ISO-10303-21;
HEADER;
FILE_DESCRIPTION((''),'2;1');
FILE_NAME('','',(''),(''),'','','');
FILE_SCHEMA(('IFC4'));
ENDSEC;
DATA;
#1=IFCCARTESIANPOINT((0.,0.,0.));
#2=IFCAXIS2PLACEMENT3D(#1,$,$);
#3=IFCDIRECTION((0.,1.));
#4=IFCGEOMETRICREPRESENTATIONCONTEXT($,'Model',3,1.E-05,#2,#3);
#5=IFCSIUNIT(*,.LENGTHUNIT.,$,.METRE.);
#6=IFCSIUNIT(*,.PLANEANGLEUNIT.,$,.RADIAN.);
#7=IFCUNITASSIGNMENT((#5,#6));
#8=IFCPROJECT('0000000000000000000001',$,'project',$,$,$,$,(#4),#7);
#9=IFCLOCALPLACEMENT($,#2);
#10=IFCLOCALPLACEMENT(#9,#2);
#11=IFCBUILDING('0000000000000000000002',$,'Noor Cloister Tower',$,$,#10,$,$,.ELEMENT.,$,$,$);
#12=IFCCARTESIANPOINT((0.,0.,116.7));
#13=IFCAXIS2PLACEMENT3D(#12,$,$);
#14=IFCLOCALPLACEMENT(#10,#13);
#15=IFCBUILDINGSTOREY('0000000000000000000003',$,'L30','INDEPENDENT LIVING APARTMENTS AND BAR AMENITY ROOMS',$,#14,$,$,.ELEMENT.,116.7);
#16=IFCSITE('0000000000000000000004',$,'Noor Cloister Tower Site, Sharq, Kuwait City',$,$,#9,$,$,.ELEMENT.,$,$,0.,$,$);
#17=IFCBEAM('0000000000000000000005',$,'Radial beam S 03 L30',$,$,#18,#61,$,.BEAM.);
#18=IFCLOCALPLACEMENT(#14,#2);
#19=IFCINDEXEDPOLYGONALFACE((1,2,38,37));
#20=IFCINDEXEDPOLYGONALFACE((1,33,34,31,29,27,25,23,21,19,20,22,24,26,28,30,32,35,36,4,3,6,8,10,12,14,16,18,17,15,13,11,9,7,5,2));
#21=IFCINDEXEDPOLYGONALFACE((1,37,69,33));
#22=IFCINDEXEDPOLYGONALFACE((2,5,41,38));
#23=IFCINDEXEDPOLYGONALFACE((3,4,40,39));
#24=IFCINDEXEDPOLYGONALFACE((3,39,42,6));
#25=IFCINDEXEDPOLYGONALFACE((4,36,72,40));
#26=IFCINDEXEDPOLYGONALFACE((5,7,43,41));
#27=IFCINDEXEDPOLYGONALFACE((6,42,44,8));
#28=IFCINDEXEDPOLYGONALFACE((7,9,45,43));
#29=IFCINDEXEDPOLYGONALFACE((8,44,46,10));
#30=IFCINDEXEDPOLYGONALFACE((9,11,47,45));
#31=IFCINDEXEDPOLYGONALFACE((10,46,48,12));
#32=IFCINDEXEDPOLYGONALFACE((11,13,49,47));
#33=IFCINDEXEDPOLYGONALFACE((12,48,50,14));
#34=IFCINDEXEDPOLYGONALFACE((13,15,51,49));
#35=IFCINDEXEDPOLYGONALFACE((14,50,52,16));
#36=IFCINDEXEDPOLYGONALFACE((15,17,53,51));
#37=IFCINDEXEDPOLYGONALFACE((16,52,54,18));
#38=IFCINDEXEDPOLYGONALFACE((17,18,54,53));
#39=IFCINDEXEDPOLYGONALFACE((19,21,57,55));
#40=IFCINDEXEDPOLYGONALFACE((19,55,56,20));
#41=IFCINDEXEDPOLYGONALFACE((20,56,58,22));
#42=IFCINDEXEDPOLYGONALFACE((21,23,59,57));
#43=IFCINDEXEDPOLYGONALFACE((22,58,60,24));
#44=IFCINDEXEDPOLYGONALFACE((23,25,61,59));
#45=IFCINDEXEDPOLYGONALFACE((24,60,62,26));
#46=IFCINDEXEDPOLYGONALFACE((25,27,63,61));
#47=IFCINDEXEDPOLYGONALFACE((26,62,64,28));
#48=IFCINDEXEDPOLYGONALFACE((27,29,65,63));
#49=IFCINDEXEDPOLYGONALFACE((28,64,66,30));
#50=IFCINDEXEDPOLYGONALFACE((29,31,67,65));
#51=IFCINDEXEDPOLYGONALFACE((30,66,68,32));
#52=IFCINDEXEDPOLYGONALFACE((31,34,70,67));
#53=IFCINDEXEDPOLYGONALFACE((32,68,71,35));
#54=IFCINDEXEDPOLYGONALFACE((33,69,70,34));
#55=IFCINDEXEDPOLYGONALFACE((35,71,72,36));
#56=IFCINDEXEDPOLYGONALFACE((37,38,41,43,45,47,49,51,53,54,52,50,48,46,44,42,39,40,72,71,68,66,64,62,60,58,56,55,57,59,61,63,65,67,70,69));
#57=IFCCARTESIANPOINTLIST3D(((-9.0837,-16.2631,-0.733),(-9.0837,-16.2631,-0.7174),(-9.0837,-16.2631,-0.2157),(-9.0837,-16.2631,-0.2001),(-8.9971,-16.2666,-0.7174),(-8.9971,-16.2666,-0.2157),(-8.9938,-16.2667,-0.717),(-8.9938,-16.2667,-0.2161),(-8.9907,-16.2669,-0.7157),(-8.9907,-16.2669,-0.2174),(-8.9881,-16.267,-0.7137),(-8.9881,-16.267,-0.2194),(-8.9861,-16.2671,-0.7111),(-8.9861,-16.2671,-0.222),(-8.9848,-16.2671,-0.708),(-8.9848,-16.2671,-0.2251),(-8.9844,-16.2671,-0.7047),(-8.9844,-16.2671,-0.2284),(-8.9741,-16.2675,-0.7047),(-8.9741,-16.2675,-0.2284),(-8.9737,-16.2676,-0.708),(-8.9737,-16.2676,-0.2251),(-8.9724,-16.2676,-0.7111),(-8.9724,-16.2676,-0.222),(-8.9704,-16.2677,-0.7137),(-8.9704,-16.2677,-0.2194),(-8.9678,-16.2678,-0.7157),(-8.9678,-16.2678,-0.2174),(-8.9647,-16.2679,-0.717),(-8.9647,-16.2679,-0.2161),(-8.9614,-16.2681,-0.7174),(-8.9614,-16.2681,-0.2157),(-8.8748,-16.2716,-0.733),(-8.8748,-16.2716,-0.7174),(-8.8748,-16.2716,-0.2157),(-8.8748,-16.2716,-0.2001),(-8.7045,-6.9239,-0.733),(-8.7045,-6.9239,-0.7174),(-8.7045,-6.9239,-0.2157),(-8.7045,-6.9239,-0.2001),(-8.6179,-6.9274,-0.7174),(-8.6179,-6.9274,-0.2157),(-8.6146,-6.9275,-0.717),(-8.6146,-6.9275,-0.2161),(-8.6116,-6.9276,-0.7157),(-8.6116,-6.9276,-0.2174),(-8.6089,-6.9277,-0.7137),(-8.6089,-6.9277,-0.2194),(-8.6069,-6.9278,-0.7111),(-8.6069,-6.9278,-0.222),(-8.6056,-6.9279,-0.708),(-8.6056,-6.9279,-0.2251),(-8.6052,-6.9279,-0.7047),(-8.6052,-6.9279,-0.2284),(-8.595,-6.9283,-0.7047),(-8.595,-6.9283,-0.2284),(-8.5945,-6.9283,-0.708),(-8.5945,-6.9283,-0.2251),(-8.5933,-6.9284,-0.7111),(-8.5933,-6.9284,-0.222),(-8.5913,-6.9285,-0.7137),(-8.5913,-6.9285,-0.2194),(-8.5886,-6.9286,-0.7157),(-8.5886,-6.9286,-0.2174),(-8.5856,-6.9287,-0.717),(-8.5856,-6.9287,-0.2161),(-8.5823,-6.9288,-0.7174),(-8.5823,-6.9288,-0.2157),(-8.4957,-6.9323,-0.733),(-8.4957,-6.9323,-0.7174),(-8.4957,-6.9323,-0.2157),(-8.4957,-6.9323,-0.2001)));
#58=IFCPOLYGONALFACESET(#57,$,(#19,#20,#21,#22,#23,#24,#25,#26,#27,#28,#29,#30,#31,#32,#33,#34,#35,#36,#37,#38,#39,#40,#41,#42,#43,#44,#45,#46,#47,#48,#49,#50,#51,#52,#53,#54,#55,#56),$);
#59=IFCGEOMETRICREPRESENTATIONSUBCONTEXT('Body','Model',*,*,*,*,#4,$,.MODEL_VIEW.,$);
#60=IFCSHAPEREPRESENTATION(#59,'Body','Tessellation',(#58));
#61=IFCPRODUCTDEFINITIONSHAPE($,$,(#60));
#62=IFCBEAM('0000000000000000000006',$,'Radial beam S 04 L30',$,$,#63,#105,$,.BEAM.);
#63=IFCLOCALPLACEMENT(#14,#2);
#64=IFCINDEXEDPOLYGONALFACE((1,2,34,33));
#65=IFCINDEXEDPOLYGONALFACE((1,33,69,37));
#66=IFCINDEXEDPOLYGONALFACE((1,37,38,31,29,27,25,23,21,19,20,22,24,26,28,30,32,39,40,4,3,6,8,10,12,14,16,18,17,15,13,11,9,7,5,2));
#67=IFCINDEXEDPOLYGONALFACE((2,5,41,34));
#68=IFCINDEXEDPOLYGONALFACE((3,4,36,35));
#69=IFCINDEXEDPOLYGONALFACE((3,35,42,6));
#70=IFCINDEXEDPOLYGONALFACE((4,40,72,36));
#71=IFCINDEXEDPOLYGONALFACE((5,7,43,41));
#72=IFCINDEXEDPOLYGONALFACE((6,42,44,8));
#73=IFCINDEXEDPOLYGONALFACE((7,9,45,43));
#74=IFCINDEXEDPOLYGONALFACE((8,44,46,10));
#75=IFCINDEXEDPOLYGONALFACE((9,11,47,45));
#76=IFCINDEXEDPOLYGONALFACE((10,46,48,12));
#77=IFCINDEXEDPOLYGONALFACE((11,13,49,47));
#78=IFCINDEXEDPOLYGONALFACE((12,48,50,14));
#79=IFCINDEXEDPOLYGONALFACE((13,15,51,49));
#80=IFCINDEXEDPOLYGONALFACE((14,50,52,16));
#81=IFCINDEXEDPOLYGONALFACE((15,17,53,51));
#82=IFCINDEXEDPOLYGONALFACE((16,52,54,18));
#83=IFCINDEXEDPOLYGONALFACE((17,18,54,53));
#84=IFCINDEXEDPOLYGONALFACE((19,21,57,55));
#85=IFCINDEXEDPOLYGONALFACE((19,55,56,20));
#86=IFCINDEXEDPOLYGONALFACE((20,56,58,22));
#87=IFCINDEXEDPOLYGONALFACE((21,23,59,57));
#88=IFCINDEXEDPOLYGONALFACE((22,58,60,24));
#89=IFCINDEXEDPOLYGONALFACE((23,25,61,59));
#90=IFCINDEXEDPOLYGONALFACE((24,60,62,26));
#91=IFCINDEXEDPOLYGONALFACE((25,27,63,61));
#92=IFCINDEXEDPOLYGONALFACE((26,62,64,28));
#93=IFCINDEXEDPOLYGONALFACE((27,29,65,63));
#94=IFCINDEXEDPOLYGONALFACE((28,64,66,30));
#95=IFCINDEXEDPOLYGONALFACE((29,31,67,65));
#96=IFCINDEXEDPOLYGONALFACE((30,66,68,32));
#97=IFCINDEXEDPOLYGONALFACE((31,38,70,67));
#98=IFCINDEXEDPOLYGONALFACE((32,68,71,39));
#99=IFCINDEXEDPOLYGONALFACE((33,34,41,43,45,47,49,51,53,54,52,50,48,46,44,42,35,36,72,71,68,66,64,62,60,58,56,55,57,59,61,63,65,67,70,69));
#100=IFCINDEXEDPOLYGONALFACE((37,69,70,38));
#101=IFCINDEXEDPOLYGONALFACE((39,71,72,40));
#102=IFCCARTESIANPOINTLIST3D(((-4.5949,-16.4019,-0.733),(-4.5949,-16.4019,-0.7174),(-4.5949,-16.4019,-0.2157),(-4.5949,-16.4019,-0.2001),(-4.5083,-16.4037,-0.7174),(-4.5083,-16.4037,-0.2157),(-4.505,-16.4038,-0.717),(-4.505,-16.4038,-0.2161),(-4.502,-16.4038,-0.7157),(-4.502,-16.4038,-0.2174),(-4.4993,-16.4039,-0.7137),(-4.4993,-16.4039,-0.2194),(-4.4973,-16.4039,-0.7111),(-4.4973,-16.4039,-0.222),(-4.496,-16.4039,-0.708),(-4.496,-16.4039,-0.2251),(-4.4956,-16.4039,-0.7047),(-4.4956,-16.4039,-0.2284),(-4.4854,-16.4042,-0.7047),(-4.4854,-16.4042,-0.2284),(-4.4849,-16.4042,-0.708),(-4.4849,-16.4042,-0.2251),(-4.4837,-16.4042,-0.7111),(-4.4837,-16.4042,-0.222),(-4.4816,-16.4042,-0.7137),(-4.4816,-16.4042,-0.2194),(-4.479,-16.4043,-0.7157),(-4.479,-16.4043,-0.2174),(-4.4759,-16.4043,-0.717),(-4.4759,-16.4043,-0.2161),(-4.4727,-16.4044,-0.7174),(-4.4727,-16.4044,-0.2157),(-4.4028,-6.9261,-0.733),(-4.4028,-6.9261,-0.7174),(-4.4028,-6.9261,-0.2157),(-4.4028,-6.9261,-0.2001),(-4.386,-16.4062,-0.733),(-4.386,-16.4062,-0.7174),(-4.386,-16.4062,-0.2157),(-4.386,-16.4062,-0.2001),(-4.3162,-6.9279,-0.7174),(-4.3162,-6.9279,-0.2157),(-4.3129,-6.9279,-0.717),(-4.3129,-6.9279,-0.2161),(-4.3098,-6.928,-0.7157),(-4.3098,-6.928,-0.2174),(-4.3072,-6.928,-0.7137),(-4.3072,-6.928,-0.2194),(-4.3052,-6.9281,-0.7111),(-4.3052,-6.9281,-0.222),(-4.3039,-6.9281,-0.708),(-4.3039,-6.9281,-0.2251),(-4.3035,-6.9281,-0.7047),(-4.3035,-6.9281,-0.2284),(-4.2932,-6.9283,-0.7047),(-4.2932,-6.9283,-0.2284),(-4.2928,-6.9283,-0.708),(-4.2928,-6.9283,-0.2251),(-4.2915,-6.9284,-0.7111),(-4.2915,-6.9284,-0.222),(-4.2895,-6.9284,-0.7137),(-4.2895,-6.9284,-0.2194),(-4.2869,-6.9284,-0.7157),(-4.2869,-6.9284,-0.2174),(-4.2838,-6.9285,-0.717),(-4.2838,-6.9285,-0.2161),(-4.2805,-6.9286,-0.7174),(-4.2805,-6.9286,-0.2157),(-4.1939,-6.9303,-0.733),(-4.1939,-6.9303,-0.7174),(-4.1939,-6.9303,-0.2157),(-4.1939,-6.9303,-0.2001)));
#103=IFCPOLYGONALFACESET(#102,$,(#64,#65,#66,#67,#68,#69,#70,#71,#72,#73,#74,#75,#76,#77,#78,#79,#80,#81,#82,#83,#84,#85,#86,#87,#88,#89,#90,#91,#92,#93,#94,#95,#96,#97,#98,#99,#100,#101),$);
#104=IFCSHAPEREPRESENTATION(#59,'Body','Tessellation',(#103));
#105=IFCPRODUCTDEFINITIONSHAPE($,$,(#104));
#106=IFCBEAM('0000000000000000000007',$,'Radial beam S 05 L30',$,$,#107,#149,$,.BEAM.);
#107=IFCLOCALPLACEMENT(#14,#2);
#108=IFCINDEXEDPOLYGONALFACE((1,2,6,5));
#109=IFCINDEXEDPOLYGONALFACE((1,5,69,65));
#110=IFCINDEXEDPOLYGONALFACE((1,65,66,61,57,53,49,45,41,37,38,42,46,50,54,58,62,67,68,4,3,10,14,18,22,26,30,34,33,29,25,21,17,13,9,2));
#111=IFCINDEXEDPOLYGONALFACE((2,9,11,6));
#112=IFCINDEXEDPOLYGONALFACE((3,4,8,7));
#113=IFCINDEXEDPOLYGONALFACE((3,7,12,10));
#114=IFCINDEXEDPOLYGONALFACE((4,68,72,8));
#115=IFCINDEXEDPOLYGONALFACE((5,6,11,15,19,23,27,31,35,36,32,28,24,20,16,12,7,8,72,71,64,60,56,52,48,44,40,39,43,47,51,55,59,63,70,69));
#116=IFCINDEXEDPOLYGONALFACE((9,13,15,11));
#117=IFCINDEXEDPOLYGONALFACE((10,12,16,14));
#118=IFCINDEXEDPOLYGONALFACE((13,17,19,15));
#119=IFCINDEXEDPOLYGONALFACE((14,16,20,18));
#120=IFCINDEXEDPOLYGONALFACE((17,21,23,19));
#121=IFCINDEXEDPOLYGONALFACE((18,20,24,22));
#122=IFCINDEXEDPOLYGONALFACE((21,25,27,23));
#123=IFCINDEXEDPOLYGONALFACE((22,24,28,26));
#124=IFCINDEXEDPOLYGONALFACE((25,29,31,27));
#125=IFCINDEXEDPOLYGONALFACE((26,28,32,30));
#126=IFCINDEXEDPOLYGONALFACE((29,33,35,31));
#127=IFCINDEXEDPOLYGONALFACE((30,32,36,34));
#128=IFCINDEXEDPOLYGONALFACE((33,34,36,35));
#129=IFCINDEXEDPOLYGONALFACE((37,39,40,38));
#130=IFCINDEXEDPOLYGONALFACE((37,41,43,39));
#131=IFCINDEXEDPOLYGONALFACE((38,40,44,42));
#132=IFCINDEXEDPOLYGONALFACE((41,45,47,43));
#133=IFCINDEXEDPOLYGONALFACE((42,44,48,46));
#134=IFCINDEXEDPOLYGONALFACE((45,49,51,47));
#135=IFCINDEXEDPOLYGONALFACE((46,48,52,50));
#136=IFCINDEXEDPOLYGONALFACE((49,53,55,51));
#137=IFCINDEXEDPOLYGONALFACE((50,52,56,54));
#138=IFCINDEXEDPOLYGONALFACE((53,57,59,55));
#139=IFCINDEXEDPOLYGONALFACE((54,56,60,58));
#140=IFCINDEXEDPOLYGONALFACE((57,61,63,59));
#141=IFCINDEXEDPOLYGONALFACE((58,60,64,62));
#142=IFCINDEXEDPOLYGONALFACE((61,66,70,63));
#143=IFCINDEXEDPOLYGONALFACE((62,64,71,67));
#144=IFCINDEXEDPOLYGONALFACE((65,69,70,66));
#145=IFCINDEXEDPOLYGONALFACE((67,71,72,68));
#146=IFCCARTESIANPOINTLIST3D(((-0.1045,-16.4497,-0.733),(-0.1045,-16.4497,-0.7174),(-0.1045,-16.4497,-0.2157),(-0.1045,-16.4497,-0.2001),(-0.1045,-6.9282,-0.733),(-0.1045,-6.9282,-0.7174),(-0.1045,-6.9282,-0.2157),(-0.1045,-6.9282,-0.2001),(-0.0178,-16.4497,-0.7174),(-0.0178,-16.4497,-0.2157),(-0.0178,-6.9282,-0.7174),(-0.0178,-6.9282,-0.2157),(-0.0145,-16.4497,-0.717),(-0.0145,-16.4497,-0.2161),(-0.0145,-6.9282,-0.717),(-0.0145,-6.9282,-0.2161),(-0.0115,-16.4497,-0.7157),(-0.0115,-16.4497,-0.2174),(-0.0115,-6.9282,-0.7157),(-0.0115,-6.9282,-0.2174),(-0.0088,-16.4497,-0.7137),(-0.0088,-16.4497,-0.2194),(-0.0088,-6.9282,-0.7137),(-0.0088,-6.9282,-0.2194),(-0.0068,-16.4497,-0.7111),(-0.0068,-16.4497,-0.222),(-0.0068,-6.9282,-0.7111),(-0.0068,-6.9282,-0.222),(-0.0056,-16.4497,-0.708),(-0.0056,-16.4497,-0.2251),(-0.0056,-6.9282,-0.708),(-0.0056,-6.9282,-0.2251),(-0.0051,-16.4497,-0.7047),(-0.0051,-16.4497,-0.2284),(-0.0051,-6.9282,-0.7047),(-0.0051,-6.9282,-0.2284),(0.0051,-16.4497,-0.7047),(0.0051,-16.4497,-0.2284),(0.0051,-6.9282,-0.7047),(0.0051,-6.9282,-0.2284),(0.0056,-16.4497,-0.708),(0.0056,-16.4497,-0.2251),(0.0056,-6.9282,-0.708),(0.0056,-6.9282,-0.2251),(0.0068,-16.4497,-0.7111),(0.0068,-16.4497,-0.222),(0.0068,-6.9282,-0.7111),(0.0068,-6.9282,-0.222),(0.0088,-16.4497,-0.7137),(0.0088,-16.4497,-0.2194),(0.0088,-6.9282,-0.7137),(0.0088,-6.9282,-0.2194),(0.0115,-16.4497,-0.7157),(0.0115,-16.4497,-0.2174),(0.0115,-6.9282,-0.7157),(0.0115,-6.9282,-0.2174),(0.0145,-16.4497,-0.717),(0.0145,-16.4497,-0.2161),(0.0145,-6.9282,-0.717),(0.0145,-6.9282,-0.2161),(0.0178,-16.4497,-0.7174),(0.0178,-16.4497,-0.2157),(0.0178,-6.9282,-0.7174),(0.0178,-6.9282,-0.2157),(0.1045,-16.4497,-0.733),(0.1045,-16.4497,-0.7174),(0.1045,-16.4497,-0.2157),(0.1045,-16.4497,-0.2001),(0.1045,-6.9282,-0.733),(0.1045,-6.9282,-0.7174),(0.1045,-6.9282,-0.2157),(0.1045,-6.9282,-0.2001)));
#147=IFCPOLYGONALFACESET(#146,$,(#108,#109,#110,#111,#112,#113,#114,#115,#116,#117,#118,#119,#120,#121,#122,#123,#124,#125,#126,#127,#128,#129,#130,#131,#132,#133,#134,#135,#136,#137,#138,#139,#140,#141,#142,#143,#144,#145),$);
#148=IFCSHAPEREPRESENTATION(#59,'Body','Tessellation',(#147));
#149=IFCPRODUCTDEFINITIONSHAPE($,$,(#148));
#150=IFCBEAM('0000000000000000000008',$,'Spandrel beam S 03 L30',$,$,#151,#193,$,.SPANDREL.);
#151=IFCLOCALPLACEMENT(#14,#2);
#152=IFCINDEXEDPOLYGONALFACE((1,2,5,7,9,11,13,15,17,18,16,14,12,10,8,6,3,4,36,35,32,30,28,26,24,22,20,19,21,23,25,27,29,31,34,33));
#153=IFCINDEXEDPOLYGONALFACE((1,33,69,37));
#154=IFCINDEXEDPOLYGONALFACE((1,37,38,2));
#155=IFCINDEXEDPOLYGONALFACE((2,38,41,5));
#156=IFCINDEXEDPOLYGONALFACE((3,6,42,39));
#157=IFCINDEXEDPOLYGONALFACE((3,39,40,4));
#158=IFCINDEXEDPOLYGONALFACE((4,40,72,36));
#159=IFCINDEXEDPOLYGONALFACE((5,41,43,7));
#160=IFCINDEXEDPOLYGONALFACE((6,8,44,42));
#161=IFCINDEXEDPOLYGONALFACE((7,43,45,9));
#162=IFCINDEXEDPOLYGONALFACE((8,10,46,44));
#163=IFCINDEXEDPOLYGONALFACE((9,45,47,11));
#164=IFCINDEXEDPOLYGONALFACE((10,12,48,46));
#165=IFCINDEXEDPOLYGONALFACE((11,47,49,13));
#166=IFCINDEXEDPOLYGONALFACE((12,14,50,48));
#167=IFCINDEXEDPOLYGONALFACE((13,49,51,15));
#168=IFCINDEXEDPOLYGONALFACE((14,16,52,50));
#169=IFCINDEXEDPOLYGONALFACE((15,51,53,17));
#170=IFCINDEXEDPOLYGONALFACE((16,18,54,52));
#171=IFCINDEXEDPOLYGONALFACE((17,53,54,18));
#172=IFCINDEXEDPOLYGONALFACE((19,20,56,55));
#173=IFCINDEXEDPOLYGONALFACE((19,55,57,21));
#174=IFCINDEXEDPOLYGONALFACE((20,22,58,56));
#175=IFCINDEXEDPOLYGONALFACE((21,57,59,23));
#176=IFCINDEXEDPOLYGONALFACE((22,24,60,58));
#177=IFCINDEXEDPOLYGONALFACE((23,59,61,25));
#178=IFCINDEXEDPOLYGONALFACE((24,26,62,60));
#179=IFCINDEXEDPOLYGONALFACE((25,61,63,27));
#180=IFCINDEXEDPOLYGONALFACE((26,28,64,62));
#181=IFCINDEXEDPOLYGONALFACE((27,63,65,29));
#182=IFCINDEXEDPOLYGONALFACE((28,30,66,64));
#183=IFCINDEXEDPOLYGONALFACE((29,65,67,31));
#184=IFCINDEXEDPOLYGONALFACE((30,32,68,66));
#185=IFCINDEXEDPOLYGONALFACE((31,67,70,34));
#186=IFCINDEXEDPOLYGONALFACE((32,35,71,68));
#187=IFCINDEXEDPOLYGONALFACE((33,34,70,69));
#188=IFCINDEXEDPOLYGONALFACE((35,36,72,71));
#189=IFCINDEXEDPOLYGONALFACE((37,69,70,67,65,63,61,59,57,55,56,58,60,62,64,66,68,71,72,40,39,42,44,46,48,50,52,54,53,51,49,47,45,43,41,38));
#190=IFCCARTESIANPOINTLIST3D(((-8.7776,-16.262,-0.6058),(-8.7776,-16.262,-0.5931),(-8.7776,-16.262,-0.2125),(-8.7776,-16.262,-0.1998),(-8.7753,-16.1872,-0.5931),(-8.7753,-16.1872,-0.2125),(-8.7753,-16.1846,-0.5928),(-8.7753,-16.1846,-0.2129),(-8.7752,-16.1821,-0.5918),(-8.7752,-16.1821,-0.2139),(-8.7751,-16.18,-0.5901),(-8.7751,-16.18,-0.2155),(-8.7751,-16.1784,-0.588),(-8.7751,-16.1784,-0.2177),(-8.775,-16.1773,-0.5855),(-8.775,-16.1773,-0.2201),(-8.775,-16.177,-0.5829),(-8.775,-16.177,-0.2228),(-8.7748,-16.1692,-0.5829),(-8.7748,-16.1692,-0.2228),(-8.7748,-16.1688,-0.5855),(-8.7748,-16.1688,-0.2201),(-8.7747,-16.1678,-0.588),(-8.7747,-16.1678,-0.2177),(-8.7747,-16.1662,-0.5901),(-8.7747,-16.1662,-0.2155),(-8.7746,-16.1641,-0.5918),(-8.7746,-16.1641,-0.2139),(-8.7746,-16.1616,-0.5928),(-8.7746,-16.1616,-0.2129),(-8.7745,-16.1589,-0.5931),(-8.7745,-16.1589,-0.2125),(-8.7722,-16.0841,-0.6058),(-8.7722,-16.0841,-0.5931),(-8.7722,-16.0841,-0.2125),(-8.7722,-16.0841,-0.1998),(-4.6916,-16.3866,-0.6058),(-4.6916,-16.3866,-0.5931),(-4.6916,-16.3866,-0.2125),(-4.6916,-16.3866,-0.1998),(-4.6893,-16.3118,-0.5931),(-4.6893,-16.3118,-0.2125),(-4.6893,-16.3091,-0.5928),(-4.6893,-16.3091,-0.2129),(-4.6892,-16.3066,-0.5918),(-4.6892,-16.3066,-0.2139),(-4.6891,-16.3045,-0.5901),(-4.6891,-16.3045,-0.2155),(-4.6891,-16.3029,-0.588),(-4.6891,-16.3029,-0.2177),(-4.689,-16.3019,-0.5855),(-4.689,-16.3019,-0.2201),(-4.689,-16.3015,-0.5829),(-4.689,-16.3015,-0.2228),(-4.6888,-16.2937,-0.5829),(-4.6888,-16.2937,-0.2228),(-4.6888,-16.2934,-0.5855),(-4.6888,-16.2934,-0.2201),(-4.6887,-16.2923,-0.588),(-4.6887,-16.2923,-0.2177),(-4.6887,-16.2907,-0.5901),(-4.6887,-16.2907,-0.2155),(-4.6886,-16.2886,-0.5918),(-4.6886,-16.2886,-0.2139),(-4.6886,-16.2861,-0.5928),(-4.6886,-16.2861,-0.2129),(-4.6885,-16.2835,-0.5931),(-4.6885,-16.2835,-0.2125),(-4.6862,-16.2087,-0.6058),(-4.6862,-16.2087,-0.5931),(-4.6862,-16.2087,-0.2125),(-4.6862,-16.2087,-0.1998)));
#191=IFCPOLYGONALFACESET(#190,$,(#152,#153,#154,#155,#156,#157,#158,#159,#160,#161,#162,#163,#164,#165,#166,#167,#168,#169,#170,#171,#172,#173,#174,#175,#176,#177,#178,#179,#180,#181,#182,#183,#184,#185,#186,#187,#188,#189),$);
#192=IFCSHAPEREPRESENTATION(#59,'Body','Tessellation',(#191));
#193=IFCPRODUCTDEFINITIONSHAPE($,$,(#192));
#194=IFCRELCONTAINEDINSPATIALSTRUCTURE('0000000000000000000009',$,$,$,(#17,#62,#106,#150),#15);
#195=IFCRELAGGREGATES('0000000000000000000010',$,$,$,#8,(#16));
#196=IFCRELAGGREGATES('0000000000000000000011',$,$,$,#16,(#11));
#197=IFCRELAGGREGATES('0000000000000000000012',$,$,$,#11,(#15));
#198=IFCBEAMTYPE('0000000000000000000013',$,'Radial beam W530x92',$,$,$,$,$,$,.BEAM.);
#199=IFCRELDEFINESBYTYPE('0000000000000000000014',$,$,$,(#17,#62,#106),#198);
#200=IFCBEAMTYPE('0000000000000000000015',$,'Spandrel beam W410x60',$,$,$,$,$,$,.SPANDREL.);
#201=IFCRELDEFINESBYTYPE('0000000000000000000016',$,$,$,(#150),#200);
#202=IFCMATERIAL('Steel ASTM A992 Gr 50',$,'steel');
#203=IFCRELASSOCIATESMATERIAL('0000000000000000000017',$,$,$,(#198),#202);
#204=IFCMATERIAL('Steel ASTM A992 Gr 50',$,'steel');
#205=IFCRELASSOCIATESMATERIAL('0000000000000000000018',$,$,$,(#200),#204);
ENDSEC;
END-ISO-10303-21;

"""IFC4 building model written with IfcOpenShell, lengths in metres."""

from ifc_helpers import new_model, si_unit, direction, frame, origin, origin_2d, place, context, subcontext, project, spatial, i_section, extrude, material, material_profile, profile_set, type_object, element, save


model = new_model("IFC4")

# Units and contexts
model_context = context("Model", 3, precision=1e-05, world=origin(), true_north=direction((0.0, 1.0)))
body_context = subcontext(model_context, "Body", "Model", "MODEL_VIEW")
ifc_project = project(units=[si_unit("LENGTHUNIT", "METRE"), si_unit("PLANEANGLEUNIT", "RADIAN")], contexts=[model_context])

# Site, building, storey
site_placement = place(None, origin())
site = spatial("IfcSite", under=ifc_project, at=site_placement, Name="Noor Cloister Tower Site, Sharq, Kuwait City", CompositionType="ELEMENT", RefElevation=0.0)
building_placement = place(site_placement, origin())
building = spatial("IfcBuilding", under=site, at=building_placement, Name="Noor Cloister Tower", CompositionType="ELEMENT")
storey_placement = place(building_placement, frame((0.0, 0.0, 116.7)))
storey = spatial("IfcBuildingStorey", under=building, at=storey_placement, Name="L30", Description="INDEPENDENT LIVING APARTMENTS AND BAR AMENITY ROOMS", CompositionType="ELEMENT", Elevation=116.7)

# Beams
ifc_material_1 = material(Name="Steel ASTM A992 Gr 50", Category="steel")
ifc_material_profile_1 = material_profile(ifc_material_1, i_section(OverallWidth=0.209, OverallDepth=0.533, WebThickness=0.0103, FlangeThickness=0.0156, FilletRadius=0.0127, at=origin_2d()), Name="W530x92")
ifc_profile_set_1 = profile_set([ifc_material_profile_1], Name="Steel ASTM A992 Gr 50")
beam_type_1 = type_object("IfcBeamType", Name="Radial beam W530x92", PredefinedType="BEAM", material=ifc_profile_set_1)
beam_1_placement = place(storey_placement, frame((-8.9792, -16.2673, -0.4666), z_axis=(0.040565, 0.999177, 0.0), x_axis=(-0.999177, 0.040565, 0.0)))
element("IfcBeam", 1, at=beam_1_placement, inside=storey, type_object=beam_type_1, Name="Radial beam S 03 L30", PredefinedType="BEAM", context=body_context, shape_type="SweptSolid", body=[
    extrude(i_section(OverallWidth=0.209, OverallDepth=0.533, WebThickness=0.0103, FlangeThickness=0.0156, FilletRadius=0.0127, at=origin_2d()), origin(), (0.0, 0.0, 1.0), 9.3469),
])
beam_2_placement = place(storey_placement, frame((-4.4905, -16.4041, -0.4666), z_axis=(0.020273, 0.999794, 0.0), x_axis=(-0.999794, 0.020273, 0.0)))
element("IfcBeam", 2, at=beam_2_placement, inside=storey, type_object=beam_type_1, Name="Radial beam S 04 L30", PredefinedType="BEAM", context=body_context, shape_type="SweptSolid", body=[
    extrude(i_section(OverallWidth=0.209, OverallDepth=0.533, WebThickness=0.0103, FlangeThickness=0.0156, FilletRadius=0.0127, at=origin_2d()), origin(), (0.0, 0.0, 1.0), 9.4778),
])
beam_3_placement = place(storey_placement, frame((0.0, -16.4497, -0.4666), z_axis=(0.0, 1.0, 0.0), x_axis=(-1.0, 0.0, 0.0)))
element("IfcBeam", 3, at=beam_3_placement, inside=storey, type_object=beam_type_1, Name="Radial beam S 05 L30", PredefinedType="BEAM", context=body_context, shape_type="SweptSolid", body=[
    extrude(i_section(OverallWidth=0.209, OverallDepth=0.533, WebThickness=0.0103, FlangeThickness=0.0156, FilletRadius=0.0127, at=origin_2d()), origin(), (0.0, 0.0, 1.0), 9.5215),
])
ifc_material_2 = material(Name="Steel ASTM A992 Gr 50", Category="steel")
ifc_material_profile_2 = material_profile(ifc_material_2, i_section(OverallWidth=0.178, OverallDepth=0.406, WebThickness=0.0078, FlangeThickness=0.0127, FilletRadius=0.0103, at=origin_2d()), Name="W410x60")
ifc_profile_set_2 = profile_set([ifc_material_profile_2], Name="Steel ASTM A992 Gr 50")
beam_type_2 = type_object("IfcBeamType", Name="Spandrel beam W410x60", PredefinedType="SPANDREL", material=ifc_profile_set_2)
for number, where, z_axis, x_axis, name in (
    (4, (-8.7749, -16.1731, -0.4028), (0.999536, -0.030459, 0.0), (0.030459, 0.999536, 0.0), "Spandrel beam S 03 L30"),
):
    element("IfcBeam", number, at=place(storey_placement, frame(where, z_axis=z_axis, x_axis=x_axis)), inside=storey, type_object=beam_type_2, Name=name, PredefinedType="SPANDREL", context=body_context, shape_type="SweptSolid", body=[
        extrude(i_section(OverallWidth=0.178, OverallDepth=0.406, WebThickness=0.0078, FlangeThickness=0.0127, FilletRadius=0.0103, at=origin_2d()), origin(), (0.0, 0.0, 1.0), 4.0879),
    ])

save(model, "model.ifc")
